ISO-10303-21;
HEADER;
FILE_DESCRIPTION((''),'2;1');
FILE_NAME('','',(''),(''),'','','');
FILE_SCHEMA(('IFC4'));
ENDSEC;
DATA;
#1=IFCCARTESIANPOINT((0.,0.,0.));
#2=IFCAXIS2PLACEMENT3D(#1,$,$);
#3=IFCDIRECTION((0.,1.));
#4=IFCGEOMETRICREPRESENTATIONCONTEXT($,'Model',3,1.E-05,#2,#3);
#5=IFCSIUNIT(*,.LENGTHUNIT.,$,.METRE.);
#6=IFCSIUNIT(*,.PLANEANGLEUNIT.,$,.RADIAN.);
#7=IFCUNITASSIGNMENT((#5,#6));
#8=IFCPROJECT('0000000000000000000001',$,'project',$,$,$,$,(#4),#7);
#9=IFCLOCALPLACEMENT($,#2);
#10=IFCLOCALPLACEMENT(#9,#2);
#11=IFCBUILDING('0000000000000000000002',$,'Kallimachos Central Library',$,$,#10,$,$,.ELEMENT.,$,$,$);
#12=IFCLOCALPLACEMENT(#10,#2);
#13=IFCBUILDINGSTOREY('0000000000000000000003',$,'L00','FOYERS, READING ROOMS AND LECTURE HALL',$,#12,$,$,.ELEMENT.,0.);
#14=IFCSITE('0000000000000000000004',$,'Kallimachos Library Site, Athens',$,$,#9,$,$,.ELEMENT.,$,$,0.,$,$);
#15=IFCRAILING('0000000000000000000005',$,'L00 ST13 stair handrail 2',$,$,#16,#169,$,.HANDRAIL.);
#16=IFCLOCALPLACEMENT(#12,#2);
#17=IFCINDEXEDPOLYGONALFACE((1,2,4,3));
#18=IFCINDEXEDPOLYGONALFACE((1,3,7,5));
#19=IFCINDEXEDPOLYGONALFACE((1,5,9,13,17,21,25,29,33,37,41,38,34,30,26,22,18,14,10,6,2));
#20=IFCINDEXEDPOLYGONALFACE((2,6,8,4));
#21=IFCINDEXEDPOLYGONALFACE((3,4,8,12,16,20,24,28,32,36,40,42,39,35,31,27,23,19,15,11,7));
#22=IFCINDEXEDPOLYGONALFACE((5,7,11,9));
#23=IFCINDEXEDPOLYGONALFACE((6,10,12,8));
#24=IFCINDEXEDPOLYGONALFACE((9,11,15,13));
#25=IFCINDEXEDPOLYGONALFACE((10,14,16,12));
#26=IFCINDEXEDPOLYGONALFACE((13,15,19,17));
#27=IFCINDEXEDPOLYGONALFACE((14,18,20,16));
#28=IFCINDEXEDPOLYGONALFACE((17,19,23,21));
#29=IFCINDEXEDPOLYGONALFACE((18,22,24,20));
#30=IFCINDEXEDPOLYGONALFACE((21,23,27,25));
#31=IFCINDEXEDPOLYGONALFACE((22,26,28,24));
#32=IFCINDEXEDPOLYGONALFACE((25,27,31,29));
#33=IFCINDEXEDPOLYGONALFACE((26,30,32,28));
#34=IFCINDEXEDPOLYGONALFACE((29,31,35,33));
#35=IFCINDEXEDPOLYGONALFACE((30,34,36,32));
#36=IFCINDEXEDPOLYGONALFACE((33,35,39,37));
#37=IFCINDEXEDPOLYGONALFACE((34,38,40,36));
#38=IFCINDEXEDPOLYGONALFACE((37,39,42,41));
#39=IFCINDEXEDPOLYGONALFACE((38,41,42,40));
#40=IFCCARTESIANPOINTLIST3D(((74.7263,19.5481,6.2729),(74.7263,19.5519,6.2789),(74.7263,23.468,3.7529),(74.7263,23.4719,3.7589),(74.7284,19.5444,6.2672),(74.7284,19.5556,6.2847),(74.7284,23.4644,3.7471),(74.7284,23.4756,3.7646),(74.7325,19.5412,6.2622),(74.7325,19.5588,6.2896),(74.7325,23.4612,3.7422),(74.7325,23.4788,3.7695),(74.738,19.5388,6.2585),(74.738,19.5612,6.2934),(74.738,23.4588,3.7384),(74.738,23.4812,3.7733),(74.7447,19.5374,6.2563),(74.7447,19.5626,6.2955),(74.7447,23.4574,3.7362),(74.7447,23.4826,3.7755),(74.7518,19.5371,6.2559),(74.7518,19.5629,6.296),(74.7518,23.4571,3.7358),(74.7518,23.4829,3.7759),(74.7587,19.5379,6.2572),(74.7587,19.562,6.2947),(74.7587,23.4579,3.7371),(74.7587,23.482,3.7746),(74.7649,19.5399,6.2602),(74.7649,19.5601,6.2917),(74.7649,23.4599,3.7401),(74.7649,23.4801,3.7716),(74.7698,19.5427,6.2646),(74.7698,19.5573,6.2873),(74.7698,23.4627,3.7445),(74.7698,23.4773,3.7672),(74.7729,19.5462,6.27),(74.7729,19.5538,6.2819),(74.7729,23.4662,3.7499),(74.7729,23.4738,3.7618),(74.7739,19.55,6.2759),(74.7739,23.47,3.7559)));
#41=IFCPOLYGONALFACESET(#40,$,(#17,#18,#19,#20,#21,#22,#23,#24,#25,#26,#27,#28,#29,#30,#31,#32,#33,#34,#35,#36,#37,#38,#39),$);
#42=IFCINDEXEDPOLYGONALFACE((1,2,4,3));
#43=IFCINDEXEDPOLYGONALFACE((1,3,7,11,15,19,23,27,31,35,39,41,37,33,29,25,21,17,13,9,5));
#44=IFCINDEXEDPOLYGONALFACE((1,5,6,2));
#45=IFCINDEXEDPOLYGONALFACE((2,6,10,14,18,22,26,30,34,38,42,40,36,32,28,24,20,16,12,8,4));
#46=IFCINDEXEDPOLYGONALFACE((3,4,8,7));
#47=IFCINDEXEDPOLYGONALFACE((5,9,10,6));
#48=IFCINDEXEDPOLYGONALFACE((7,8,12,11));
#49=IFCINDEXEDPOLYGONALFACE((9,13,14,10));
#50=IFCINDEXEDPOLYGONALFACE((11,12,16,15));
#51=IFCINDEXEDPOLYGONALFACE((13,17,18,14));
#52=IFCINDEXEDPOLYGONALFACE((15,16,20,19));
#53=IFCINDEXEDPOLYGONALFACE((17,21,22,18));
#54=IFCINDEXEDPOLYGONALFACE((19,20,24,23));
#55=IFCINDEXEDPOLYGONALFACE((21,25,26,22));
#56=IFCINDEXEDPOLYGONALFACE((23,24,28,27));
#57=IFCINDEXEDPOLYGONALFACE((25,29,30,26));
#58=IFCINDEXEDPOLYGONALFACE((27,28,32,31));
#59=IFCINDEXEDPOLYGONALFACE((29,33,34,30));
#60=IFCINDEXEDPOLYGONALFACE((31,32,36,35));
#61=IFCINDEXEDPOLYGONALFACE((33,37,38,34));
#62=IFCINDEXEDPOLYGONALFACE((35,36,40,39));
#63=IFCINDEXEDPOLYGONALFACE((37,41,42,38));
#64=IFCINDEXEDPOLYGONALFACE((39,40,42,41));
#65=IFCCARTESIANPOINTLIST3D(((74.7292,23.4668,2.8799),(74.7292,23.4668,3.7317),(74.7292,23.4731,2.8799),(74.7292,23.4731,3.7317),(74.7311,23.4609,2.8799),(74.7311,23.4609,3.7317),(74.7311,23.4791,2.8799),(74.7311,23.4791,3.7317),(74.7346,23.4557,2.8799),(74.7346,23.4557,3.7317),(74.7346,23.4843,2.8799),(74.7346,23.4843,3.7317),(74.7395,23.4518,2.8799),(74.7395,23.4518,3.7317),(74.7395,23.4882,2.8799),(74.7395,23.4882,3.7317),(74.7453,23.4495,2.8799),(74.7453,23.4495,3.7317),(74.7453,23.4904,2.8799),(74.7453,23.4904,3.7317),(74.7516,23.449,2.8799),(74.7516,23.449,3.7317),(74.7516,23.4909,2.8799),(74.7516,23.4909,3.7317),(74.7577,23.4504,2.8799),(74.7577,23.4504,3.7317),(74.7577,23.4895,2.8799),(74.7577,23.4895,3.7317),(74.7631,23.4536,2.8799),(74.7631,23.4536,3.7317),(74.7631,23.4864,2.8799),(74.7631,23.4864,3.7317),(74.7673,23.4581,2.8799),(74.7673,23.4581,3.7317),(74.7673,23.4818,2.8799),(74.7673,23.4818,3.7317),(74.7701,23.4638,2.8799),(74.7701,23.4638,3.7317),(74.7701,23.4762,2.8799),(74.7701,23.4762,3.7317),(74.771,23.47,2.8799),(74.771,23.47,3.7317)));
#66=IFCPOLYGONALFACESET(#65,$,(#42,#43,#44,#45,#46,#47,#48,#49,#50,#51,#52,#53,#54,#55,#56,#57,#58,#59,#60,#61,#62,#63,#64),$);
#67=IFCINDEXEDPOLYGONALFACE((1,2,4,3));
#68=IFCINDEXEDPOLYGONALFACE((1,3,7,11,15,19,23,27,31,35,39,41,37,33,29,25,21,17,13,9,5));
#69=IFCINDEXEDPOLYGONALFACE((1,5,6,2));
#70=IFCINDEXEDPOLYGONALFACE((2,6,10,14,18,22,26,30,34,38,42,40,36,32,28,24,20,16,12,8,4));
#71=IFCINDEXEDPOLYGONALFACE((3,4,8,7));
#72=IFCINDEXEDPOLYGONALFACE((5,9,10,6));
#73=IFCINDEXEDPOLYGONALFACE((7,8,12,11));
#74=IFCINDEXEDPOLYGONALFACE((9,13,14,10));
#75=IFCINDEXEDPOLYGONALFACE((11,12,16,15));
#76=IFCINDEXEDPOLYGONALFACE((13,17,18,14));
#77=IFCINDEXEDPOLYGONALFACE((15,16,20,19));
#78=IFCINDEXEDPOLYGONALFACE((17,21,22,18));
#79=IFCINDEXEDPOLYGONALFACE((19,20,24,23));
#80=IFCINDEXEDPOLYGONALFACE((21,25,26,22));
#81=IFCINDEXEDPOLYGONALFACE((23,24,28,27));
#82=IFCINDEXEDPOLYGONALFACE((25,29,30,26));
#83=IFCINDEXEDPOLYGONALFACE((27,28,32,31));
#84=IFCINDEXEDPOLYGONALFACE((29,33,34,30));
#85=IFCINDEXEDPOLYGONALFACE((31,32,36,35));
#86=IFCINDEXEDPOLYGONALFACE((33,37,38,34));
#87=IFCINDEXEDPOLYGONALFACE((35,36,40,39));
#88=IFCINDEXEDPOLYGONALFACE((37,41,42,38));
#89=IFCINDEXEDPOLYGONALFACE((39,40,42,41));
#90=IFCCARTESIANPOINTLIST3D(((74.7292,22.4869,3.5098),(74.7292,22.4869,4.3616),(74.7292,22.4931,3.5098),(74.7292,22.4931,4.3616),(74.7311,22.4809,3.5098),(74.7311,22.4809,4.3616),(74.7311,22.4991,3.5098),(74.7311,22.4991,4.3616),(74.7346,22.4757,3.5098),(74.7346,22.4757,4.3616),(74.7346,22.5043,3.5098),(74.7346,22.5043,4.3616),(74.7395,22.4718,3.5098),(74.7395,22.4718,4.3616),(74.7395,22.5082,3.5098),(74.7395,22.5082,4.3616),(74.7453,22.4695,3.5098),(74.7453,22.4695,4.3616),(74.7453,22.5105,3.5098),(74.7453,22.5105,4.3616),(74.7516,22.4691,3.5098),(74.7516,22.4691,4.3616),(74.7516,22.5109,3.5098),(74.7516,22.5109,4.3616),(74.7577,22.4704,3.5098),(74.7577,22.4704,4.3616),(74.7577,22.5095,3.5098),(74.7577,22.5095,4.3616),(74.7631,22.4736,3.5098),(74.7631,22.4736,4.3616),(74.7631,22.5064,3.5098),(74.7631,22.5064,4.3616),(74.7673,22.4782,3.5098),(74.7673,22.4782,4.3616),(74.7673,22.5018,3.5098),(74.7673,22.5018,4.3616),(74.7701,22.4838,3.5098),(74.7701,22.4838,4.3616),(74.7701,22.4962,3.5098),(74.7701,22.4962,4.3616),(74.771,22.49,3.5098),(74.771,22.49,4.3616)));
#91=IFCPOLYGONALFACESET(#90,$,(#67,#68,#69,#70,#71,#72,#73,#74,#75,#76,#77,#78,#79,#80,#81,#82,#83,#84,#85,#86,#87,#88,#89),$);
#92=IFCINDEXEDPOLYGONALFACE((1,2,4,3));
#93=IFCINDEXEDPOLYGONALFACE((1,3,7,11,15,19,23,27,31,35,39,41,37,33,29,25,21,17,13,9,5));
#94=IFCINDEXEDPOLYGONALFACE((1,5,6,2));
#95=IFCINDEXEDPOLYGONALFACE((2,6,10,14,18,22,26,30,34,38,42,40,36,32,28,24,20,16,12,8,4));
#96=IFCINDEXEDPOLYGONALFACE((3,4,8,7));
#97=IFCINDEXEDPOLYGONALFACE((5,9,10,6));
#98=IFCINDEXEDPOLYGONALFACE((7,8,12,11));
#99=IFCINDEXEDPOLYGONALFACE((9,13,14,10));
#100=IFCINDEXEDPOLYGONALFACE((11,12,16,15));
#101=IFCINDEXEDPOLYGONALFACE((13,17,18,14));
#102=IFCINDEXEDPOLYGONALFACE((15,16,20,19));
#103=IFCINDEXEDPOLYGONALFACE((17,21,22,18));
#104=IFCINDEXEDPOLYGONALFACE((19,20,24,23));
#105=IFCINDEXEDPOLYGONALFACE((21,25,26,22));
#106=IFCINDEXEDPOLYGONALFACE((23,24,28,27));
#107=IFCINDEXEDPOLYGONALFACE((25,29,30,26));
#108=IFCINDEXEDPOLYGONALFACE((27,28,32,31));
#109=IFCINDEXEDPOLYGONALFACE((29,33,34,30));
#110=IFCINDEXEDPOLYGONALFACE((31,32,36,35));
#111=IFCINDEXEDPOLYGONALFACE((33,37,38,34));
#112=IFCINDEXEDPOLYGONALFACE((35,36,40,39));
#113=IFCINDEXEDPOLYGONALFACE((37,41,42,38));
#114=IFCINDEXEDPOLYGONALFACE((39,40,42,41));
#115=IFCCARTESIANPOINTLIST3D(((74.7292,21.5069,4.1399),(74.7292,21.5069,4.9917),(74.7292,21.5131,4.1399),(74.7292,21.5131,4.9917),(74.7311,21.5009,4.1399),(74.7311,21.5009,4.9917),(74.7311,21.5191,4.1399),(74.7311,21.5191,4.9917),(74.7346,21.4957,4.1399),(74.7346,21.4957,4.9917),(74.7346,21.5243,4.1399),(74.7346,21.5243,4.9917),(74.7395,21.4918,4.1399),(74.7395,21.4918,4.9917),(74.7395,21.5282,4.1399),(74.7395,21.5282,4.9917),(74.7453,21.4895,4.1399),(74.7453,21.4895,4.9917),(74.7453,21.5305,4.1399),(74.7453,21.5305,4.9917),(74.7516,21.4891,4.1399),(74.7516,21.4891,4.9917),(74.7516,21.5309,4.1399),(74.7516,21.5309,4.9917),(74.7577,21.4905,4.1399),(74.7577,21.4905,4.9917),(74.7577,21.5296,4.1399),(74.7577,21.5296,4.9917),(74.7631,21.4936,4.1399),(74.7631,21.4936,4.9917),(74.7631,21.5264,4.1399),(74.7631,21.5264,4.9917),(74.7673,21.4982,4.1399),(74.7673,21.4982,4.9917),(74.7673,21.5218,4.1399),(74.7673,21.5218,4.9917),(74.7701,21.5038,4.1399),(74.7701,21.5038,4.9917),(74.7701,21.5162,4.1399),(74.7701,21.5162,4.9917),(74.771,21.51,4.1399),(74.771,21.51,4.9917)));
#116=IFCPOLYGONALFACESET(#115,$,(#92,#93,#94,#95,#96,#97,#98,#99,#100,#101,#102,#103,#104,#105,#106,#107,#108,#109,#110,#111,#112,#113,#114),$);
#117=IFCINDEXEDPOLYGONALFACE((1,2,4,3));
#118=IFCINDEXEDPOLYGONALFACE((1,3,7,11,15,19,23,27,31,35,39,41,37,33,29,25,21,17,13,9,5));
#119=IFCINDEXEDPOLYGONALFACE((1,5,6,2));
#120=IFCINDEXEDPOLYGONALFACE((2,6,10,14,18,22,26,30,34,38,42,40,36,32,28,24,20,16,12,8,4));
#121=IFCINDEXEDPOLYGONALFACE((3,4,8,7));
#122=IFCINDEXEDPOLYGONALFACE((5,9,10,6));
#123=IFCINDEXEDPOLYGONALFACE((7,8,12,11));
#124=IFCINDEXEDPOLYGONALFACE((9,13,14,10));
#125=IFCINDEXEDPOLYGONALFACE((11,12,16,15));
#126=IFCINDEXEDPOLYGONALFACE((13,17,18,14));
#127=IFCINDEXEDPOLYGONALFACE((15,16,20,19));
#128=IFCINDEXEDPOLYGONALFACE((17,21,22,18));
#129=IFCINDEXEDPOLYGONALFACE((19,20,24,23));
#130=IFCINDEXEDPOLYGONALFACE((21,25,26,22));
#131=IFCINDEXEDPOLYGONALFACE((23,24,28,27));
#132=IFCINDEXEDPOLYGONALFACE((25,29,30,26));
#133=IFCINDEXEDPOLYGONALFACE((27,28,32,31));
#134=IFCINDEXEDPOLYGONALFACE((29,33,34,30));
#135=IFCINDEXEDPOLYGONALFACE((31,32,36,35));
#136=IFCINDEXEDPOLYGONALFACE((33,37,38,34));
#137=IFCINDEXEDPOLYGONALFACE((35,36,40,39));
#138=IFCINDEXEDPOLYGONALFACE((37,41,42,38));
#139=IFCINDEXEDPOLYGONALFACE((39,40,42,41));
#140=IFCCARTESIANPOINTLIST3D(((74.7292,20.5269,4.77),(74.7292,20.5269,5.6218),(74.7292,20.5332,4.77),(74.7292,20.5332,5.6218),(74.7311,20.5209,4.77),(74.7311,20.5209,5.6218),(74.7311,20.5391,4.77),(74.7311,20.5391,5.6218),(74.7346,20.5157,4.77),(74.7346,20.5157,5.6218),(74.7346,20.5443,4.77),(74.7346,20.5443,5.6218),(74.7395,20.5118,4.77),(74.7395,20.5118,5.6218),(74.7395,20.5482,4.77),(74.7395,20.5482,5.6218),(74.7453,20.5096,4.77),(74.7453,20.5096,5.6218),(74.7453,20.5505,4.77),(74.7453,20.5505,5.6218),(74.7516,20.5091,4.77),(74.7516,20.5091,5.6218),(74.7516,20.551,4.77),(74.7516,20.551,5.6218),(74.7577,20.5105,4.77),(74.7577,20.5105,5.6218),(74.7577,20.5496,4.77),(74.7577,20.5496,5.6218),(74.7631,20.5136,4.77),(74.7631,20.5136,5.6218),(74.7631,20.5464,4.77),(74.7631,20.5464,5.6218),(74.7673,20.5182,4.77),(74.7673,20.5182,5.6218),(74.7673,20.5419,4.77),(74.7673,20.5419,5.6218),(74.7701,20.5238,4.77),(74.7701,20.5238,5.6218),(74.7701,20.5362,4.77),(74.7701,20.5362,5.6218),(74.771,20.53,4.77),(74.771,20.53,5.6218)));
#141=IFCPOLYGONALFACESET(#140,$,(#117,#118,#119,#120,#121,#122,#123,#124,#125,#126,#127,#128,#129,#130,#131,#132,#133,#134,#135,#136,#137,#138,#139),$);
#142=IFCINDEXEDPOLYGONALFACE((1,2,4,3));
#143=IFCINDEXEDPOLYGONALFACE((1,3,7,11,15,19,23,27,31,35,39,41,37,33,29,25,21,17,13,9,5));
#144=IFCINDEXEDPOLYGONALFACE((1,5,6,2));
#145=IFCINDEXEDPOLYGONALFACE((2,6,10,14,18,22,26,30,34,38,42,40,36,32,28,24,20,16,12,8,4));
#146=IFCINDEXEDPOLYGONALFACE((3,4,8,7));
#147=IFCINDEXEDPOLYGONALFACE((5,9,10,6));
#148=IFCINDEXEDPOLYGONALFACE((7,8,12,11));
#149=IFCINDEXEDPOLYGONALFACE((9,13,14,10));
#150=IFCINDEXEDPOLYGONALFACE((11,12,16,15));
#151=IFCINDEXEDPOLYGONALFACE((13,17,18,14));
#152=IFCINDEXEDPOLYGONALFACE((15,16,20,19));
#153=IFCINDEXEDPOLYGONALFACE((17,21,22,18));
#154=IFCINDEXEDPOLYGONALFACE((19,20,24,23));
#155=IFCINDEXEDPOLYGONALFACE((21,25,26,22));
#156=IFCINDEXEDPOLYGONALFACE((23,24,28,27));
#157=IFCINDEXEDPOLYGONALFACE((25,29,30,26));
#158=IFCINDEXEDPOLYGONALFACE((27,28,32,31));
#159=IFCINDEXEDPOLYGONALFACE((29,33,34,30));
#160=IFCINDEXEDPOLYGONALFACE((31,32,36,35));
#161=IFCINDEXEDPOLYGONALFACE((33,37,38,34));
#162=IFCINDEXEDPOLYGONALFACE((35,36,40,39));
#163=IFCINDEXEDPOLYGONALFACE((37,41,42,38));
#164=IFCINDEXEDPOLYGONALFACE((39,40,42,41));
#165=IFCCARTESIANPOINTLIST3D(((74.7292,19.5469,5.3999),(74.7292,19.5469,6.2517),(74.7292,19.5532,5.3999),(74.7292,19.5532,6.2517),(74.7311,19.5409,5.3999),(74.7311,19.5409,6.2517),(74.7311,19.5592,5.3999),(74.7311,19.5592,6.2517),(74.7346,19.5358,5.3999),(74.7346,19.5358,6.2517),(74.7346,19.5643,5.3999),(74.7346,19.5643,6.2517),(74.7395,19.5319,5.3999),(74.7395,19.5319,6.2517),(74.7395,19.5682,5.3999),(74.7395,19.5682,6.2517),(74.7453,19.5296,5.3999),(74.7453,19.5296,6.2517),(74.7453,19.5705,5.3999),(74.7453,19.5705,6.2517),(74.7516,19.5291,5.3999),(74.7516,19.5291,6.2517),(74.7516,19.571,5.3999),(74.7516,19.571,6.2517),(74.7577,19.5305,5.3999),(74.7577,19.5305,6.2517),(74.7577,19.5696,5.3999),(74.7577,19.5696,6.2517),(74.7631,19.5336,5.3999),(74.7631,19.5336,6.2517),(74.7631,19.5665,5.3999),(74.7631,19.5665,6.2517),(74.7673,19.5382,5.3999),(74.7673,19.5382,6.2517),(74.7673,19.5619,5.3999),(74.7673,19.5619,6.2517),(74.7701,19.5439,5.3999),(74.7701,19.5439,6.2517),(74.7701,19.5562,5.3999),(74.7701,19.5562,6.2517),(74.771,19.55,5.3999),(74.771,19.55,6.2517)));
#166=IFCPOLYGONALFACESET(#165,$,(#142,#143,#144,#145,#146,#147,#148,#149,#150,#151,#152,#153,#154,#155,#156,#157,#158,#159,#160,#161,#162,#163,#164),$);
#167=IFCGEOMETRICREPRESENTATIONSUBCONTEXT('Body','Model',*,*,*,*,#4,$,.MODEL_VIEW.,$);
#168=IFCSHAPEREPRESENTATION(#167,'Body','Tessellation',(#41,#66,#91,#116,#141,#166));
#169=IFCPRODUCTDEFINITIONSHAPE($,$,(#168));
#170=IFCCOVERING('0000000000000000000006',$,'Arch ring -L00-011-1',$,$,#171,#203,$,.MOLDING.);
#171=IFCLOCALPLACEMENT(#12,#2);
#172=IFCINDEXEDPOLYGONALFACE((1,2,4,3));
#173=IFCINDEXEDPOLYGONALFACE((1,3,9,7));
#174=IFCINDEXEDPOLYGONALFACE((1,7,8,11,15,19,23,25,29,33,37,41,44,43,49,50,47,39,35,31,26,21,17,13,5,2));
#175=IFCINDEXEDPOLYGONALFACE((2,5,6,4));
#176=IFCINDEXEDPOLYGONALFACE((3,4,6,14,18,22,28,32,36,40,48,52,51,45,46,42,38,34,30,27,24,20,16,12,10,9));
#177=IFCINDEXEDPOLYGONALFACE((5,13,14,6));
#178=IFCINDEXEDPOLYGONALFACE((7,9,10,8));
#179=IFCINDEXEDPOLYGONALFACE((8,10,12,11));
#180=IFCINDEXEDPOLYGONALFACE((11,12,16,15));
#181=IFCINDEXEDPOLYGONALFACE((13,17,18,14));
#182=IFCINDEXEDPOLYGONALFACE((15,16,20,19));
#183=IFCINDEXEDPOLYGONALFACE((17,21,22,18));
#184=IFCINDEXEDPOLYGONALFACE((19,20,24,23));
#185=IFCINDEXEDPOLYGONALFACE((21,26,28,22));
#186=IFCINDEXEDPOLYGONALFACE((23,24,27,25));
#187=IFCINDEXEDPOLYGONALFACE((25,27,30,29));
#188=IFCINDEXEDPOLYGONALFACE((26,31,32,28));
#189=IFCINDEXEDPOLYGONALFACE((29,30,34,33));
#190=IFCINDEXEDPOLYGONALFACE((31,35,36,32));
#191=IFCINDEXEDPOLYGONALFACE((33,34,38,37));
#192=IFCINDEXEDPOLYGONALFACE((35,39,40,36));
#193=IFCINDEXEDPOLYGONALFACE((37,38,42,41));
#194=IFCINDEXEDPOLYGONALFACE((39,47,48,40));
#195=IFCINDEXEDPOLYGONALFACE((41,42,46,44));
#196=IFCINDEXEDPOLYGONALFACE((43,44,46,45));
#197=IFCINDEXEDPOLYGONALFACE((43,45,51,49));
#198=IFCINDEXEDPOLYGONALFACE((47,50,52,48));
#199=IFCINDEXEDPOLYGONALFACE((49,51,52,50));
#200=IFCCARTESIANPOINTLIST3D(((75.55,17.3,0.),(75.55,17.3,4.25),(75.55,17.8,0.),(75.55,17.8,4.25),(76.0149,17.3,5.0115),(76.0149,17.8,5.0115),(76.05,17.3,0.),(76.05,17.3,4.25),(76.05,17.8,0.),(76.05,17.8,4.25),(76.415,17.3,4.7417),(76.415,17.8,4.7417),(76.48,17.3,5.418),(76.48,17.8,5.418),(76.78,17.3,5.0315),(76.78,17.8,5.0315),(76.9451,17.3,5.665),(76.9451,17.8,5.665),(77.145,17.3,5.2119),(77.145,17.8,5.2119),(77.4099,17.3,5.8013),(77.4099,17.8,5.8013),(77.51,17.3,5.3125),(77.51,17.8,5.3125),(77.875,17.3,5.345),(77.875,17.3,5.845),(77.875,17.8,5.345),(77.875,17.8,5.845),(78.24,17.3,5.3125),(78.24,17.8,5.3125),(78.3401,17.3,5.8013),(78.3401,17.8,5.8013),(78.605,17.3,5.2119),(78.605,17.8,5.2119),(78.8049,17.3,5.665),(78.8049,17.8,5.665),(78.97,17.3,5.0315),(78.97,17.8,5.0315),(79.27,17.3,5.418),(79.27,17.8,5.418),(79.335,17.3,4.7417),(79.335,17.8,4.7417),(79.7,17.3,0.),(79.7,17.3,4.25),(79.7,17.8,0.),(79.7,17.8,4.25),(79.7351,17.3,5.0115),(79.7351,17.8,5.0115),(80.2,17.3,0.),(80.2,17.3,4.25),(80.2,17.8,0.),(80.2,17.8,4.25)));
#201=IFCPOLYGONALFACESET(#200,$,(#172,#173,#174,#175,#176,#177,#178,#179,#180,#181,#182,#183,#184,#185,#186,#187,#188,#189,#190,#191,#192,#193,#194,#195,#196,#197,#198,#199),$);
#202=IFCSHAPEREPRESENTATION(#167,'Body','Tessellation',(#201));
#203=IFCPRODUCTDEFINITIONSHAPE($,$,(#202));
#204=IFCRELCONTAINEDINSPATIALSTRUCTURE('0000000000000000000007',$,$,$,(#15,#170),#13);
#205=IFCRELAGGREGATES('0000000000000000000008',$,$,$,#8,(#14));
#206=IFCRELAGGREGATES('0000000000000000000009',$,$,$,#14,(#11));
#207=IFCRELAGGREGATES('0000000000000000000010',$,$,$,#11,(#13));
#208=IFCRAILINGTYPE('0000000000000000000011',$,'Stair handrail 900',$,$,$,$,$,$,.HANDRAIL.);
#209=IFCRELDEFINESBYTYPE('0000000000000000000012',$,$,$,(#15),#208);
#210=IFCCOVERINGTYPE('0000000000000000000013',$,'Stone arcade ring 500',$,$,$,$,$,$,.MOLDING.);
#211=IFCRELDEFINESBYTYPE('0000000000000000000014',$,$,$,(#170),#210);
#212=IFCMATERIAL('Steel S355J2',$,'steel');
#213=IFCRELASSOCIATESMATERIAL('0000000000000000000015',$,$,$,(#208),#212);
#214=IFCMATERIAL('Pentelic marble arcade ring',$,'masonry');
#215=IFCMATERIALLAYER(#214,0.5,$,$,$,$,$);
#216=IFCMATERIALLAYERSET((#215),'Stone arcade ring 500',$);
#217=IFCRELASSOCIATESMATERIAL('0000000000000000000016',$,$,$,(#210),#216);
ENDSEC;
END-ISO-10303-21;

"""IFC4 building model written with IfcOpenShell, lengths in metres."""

from ifc_helpers import new_model, si_unit, direction, frame, origin, origin_2d, place, context, subcontext, project, spatial, polyline, circle, outline, extrude, material, layer, layer_set, type_object, element, save


model = new_model("IFC4")

# Units and contexts
model_context = context("Model", 3, precision=1e-05, world=origin(), true_north=direction((0.0, 1.0)))
body_context = subcontext(model_context, "Body", "Model", "MODEL_VIEW")
ifc_project = project(units=[si_unit("LENGTHUNIT", "METRE"), si_unit("PLANEANGLEUNIT", "RADIAN")], contexts=[model_context])

# Site, building, storey
site_placement = place(None, origin())
site = spatial("IfcSite", under=ifc_project, at=site_placement, Name="Kallimachos Library Site, Athens", CompositionType="ELEMENT", RefElevation=0.0)
building_placement = place(site_placement, origin())
building = spatial("IfcBuilding", under=site, at=building_placement, Name="Kallimachos Central Library", CompositionType="ELEMENT")
storey_placement = place(building_placement, origin())
storey = spatial("IfcBuildingStorey", under=building, at=storey_placement, Name="L00", Description="FOYERS, READING ROOMS AND LECTURE HALL", CompositionType="ELEMENT", Elevation=0.0)

# Railing
ifc_material_1 = material(Name="Steel S355J2", Category="steel")
railing_type_1 = type_object("IfcRailingType", Name="Stair handrail 900", PredefinedType="HANDRAIL", material=ifc_material_1)
railing_1_placement = place(storey_placement, frame((74.75, 23.47, 2.8799)))
element("IfcRailing", 1, at=railing_1_placement, inside=storey, type_object=railing_type_1, Name="L00 ST13 stair handrail 2", PredefinedType="HANDRAIL", context=body_context, shape_type="SweptSolid", body=[
    extrude(circle(Radius=0.0239, at=origin_2d()), frame((0.0, 0.0, 0.876), z_axis=(0.0, -0.841172, 0.540768), x_axis=(1.0, 0.0, 0.0)), (0.0, 0.0, 1.0), 4.6602),
    extrude(circle(Radius=0.021, at=origin_2d()), origin(), (0.0, 0.0, 1.0), 0.8518),
    extrude(circle(Radius=0.021, at=origin_2d()), frame((0.0, -0.98, 0.6299)), (0.0, 0.0, 1.0), 0.8518),
    extrude(circle(Radius=0.021, at=origin_2d()), frame((0.0, -1.96, 1.26)), (0.0, 0.0, 1.0), 0.8518),
    extrude(circle(Radius=0.021, at=origin_2d()), frame((0.0, -2.9399, 1.8901)), (0.0, 0.0, 1.0), 0.8518),
    extrude(circle(Radius=0.021, at=origin_2d()), frame((0.0, -3.9199, 2.52)), (0.0, 0.0, 1.0), 0.8518),
])

# Covering
ifc_material_2 = material(Name="Pentelic marble arcade ring", Category="masonry")
ifc_layer_1 = layer(ifc_material_2, 0.5)
ifc_layer_set_1 = layer_set([ifc_layer_1], Name="Stone arcade ring 500")
covering_type_1 = type_object("IfcCoveringType", Name="Stone arcade ring 500", PredefinedType="MOLDING", material=ifc_layer_set_1)
covering_1_placement = place(storey_placement, frame((76.05, 17.3, 0.0), z_axis=(0.0, -1.0, 0.0), x_axis=(0.0, 0.0, 1.0)))
element("IfcCovering", 2, at=covering_1_placement, inside=storey, type_object=covering_type_1, Name="Arch ring -L00-011-1", PredefinedType="MOLDING", context=body_context, shape_type="SweptSolid", body=[
    extrude(outline(polyline([(0.0, 0.0), (4.25, 0.0), (4.7417, -0.365), (5.0315, -0.73), (5.2119, -1.095), (5.3125, -1.46), (5.345, -1.825), (5.3125, -2.1899), (5.2119, -2.5549), (5.0315, -2.9199), (4.7417, -3.2849), (4.25, -3.6499), (0.0, -3.6499), (0.0, -4.1499), (4.25, -4.1499), (5.0115, -3.6851), (5.418, -3.22), (5.665, -2.7549), (5.8013, -2.29), (5.845, -1.825), (5.8013, -1.3599), (5.665, -0.895), (5.418, -0.4299), (5.0115, 0.0352), (4.25, 0.5), (0.0, 0.5), (0.0, 0.0)])), origin(), (0.0, 0.0, -1.0), 0.5),
])

save(model, "model.ifc")
